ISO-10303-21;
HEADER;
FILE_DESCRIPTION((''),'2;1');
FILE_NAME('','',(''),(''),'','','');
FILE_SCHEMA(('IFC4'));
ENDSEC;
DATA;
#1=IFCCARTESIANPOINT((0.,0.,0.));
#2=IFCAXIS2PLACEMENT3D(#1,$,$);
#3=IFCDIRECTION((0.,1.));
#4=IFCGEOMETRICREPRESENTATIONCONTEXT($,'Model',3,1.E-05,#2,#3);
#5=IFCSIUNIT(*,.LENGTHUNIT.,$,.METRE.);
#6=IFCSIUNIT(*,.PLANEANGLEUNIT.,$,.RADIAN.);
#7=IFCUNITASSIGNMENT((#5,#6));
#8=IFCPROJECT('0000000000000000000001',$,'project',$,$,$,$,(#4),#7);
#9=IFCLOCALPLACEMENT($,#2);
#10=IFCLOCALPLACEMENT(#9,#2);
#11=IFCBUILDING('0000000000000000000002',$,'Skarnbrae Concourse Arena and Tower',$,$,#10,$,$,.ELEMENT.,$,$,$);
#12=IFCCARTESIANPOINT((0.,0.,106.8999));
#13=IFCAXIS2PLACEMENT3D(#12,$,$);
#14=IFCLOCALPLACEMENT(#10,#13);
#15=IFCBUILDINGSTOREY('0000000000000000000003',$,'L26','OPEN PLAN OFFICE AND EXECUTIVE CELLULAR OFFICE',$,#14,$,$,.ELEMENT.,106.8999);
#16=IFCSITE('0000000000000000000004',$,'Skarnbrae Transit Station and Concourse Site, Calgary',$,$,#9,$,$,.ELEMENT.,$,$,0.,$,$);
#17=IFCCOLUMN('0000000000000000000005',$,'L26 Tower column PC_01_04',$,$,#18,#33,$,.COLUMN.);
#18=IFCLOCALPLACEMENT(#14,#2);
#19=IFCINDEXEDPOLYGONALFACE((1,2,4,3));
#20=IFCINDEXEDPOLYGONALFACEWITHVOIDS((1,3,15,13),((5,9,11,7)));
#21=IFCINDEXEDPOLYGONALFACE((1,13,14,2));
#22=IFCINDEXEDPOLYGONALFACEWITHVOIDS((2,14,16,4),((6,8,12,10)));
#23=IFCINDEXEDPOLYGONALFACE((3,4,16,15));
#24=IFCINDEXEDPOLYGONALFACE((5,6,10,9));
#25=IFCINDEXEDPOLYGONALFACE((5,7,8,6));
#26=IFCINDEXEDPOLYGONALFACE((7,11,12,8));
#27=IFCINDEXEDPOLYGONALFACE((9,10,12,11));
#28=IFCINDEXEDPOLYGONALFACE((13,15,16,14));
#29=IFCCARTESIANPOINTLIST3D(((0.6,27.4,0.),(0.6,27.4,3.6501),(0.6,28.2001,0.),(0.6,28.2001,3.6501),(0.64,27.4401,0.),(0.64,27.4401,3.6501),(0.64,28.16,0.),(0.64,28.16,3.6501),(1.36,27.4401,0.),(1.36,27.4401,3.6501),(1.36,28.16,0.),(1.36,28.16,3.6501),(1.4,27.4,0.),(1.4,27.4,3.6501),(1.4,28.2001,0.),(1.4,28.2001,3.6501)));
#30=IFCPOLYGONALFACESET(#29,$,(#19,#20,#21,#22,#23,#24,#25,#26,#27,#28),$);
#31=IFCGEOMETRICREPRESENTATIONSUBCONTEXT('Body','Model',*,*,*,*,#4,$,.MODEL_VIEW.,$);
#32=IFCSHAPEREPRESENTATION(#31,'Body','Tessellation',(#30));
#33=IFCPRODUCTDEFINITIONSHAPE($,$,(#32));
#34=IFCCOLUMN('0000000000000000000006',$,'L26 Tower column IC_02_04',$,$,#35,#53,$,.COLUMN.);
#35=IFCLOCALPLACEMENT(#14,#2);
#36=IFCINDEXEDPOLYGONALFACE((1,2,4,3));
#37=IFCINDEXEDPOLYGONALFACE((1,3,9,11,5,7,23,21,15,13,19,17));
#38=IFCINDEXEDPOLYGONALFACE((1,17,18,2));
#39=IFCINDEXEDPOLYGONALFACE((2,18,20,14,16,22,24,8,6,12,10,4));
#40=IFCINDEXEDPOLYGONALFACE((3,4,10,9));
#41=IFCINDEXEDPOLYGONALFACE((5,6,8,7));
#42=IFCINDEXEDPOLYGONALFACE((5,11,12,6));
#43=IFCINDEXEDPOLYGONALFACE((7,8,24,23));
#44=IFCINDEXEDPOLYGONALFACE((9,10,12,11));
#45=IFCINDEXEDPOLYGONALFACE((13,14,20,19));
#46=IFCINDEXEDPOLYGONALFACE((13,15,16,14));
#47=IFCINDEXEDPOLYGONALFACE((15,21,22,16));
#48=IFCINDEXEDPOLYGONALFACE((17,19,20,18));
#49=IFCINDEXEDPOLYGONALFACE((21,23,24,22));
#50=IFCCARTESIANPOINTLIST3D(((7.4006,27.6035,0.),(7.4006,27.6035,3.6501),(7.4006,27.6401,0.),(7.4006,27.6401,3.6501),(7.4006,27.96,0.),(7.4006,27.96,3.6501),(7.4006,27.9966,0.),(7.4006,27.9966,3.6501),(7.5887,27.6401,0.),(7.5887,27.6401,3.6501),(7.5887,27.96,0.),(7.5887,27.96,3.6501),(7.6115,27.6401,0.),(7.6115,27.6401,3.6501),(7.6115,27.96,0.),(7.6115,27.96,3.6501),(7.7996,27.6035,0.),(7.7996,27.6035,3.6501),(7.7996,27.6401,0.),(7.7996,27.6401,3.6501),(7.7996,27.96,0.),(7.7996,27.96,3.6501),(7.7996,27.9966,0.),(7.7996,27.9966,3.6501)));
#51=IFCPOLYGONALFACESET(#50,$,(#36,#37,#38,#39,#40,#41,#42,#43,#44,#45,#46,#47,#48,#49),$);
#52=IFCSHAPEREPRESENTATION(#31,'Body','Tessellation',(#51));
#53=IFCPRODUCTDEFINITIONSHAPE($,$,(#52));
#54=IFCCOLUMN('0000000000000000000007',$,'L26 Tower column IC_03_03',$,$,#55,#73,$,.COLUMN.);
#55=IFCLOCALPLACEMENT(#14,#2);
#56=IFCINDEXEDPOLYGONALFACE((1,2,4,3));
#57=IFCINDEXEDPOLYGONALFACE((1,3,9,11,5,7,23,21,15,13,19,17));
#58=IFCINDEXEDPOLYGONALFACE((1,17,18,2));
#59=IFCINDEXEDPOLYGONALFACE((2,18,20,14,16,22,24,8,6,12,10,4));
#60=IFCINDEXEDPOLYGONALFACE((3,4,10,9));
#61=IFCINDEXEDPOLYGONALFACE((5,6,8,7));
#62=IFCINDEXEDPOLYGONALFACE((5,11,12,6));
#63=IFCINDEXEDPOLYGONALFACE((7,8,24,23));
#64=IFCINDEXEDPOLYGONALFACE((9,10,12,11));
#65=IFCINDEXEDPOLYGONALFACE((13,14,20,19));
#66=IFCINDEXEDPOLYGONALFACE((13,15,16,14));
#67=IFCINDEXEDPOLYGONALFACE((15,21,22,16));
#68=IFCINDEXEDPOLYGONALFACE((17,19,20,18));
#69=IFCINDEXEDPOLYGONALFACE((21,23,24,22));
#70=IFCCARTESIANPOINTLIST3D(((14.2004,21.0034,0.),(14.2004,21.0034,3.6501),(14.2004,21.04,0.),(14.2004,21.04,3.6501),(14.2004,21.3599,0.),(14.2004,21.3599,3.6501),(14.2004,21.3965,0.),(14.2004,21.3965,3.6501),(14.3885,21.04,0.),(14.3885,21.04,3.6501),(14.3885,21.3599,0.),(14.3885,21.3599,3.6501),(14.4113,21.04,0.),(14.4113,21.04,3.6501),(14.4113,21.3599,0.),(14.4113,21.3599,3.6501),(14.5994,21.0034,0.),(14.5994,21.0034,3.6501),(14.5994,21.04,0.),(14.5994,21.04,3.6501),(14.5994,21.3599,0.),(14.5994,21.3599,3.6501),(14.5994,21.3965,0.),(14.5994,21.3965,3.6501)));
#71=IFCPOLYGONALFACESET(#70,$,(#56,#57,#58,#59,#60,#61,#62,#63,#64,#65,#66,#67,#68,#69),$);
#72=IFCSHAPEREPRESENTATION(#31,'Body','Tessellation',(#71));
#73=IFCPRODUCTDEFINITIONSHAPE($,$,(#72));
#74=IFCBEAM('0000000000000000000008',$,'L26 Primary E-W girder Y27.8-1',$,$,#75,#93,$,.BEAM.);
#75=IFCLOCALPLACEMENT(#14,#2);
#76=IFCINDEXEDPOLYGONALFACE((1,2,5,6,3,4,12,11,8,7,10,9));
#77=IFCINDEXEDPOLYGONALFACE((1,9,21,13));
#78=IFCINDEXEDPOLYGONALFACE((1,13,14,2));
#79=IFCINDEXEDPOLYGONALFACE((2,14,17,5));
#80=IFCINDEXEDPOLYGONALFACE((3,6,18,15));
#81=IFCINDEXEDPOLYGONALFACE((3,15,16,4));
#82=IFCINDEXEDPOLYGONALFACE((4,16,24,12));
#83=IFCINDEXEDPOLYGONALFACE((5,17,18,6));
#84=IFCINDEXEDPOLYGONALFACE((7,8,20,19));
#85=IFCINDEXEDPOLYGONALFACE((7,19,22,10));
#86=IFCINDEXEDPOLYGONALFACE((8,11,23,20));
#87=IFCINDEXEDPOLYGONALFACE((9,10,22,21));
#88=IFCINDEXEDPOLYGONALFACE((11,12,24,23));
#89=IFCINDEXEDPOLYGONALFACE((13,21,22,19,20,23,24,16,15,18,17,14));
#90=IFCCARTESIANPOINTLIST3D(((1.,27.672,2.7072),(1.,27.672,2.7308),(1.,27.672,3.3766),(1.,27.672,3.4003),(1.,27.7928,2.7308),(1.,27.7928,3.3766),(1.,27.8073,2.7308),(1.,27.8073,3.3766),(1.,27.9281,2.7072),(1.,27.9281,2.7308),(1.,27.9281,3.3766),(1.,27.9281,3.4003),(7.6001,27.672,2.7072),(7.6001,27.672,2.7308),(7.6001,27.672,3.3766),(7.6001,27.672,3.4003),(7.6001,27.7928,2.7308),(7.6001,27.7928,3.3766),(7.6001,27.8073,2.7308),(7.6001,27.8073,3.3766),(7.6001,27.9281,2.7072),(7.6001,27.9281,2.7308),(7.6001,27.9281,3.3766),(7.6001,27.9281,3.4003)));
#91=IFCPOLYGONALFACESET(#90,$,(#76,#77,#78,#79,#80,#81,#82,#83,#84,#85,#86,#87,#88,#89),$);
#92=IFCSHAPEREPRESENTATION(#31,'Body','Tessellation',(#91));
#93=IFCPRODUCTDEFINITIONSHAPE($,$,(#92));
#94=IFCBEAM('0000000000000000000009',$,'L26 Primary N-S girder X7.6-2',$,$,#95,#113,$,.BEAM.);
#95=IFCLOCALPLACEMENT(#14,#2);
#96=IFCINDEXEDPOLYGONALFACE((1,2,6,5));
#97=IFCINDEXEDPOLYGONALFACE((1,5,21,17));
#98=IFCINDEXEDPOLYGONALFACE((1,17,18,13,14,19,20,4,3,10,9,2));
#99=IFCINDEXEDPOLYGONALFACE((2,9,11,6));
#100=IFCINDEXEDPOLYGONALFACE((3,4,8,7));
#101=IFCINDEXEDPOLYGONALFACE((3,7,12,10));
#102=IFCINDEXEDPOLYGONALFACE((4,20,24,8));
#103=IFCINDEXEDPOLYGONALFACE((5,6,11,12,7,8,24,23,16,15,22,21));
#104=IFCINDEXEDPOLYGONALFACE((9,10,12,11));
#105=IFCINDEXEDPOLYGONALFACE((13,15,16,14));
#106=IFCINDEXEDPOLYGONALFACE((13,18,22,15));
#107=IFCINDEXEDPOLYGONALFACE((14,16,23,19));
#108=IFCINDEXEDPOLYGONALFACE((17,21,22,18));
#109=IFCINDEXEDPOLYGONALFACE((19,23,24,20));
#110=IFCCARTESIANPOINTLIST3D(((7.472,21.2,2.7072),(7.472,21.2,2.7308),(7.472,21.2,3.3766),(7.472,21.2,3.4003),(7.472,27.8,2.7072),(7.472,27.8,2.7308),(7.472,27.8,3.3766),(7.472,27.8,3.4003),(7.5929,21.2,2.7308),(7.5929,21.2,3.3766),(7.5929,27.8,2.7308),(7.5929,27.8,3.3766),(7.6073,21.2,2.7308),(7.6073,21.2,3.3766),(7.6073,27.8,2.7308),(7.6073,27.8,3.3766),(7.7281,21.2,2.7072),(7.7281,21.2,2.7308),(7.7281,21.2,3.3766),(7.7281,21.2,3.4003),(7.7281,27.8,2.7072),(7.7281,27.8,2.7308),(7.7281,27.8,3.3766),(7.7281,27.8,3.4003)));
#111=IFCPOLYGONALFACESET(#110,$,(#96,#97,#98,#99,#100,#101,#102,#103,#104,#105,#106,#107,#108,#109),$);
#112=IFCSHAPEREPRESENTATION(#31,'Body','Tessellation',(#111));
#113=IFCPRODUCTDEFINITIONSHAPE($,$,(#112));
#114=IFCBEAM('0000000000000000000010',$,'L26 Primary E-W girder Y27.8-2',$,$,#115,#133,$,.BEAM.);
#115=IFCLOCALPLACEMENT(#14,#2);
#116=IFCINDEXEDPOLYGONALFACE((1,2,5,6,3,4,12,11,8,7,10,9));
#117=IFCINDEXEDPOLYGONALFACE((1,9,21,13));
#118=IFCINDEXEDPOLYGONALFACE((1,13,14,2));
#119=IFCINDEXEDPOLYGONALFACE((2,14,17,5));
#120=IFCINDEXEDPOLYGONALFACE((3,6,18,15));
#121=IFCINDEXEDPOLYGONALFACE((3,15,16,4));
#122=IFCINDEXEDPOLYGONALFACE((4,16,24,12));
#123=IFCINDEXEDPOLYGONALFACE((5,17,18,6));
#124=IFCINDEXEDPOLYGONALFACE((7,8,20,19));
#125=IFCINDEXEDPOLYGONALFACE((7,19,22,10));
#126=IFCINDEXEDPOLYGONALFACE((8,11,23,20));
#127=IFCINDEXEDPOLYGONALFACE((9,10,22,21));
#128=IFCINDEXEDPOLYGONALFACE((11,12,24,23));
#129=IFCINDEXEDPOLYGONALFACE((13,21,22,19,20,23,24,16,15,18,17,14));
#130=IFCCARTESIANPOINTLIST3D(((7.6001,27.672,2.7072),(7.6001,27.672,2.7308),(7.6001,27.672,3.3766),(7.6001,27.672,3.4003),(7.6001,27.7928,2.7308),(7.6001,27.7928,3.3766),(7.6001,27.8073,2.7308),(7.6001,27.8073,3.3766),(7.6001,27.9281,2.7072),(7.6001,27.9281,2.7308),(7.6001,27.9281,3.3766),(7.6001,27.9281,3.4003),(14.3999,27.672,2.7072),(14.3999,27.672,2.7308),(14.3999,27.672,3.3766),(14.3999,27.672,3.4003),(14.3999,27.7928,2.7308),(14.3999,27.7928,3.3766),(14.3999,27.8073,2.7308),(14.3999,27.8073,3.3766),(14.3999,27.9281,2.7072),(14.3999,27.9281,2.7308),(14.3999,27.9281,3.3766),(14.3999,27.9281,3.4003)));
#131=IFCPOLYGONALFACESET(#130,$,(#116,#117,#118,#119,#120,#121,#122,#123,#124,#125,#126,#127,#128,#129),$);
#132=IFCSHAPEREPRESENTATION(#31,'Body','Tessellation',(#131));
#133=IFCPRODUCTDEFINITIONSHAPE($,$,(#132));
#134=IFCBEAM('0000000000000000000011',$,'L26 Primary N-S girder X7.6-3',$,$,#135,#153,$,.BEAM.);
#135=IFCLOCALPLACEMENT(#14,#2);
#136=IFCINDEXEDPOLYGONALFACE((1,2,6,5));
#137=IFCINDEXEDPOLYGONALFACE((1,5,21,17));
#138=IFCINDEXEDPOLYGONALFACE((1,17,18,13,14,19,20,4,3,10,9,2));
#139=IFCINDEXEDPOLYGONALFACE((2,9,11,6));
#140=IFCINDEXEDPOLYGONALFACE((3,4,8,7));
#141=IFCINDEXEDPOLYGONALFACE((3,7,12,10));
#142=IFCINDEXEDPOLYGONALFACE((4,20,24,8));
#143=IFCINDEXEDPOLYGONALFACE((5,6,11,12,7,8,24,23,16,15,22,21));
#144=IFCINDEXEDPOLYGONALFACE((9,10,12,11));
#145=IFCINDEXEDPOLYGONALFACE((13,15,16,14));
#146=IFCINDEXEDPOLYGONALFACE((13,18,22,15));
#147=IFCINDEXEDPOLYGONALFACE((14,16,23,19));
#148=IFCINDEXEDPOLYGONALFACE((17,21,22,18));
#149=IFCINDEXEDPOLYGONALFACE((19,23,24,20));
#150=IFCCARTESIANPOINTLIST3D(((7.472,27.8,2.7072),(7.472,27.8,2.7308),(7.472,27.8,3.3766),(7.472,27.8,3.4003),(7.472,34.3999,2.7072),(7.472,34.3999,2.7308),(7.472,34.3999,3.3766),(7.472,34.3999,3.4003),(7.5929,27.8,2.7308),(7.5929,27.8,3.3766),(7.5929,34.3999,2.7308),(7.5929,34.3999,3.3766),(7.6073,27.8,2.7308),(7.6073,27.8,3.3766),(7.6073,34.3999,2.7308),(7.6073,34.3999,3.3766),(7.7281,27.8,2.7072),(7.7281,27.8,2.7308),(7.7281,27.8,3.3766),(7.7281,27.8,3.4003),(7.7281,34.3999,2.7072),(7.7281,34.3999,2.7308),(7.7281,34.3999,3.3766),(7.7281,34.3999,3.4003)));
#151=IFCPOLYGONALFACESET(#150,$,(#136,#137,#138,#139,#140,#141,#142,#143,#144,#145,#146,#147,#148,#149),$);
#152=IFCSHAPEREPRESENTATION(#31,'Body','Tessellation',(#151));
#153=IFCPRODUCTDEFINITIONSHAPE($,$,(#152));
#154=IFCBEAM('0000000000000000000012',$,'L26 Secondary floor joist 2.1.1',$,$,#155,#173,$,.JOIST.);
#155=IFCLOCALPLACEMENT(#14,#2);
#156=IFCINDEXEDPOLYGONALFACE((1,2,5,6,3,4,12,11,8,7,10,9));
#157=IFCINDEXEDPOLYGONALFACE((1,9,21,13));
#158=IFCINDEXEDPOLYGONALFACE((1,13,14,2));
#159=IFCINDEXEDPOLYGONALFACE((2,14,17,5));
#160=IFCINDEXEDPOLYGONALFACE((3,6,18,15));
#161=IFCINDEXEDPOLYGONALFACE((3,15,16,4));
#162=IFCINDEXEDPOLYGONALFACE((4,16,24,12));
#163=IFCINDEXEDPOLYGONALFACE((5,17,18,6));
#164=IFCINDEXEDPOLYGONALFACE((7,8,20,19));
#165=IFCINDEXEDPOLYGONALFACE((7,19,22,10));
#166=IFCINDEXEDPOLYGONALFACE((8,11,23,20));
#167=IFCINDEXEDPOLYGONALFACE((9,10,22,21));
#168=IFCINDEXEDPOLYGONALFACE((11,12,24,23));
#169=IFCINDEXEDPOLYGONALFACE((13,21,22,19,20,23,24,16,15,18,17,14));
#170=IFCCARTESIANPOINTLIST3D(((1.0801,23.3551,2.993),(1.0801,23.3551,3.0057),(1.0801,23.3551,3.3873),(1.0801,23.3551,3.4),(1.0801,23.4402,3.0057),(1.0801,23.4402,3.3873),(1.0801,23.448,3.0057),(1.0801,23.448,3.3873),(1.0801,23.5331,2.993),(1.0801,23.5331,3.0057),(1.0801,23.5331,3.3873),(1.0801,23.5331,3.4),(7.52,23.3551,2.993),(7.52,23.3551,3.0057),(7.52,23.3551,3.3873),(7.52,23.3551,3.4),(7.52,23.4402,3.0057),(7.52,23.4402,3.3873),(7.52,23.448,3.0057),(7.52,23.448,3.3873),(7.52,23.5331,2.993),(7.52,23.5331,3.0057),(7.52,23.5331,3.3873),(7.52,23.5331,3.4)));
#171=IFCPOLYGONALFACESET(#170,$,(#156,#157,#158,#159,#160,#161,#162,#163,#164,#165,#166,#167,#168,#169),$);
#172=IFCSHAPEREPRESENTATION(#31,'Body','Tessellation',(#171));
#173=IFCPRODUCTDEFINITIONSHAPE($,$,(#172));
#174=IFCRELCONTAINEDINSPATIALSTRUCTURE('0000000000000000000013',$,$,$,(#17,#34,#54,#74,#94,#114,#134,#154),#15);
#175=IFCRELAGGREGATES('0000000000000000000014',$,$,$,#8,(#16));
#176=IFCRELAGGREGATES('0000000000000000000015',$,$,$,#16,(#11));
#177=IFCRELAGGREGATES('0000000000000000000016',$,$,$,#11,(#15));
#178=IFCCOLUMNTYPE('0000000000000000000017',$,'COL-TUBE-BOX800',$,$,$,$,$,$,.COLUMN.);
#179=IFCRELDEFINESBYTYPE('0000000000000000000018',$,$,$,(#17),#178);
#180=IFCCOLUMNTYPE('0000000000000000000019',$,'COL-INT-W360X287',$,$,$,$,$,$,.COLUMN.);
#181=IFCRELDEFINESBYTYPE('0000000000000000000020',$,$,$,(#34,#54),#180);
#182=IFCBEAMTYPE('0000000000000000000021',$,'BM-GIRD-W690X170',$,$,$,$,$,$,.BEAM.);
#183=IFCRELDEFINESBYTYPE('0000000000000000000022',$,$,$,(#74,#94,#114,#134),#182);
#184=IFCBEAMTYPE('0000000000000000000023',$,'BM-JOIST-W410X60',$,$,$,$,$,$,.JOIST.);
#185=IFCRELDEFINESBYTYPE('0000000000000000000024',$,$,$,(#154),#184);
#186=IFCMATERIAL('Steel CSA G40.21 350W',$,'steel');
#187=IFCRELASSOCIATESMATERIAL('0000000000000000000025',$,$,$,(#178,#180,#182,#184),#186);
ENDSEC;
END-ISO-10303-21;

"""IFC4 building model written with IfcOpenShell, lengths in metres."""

from ifc_helpers import new_model, si_unit, direction, frame, origin, origin_2d, place, context, subcontext, project, spatial, hollow_rectangle, i_section, extrude, source, transform, mapped, material, material_profile, profile_set, type_object, element, save


model = new_model("IFC4")

# Units and contexts
model_context = context("Model", 3, precision=1e-05, world=origin(), true_north=direction((0.0, 1.0)))
body_context = subcontext(model_context, "Body", "Model", "MODEL_VIEW")
ifc_project = project(units=[si_unit("LENGTHUNIT", "METRE"), si_unit("PLANEANGLEUNIT", "RADIAN")], contexts=[model_context])

# Site, building, storey
site_placement = place(None, origin())
site = spatial("IfcSite", under=ifc_project, at=site_placement, Name="Skarnbrae Transit Station and Concourse Site, Calgary", CompositionType="ELEMENT", RefElevation=0.0)
building_placement = place(site_placement, origin())
building = spatial("IfcBuilding", under=site, at=building_placement, Name="Skarnbrae Concourse Arena and Tower", CompositionType="ELEMENT")
storey_placement = place(building_placement, frame((0.0, 0.0, 106.8999)))
storey = spatial("IfcBuildingStorey", under=building, at=storey_placement, Name="L26", Description="OPEN PLAN OFFICE AND EXECUTIVE CELLULAR OFFICE", CompositionType="ELEMENT", Elevation=106.8999)

# Columns
ifc_material_1 = material(Name="Steel CSA G40.21 350W", Category="steel")
ifc_material_profile_1 = material_profile(ifc_material_1, hollow_rectangle(XDim=0.8, YDim=0.8, WallThickness=0.04, at=origin_2d()), Name="BOX800X800X40")
ifc_profile_set_1 = profile_set([ifc_material_profile_1], Name="Steel CSA G40.21 350W")
column_type_1 = type_object("IfcColumnType", Name="COL-TUBE-BOX800", PredefinedType="COLUMN", material=ifc_profile_set_1)
shared_shape_1 = source(origin(), body_context, "Body", "SweptSolid", [
    extrude(hollow_rectangle(XDim=0.8, YDim=0.8, WallThickness=0.04, at=origin_2d()), origin(), (0.0, 0.0, 1.0), 3.6501),
])
column_placement = place(storey_placement, frame((1.0, 27.8, 0.0), z_axis=(0.0, 0.0, 1.0), x_axis=(1.0, 0.0, 0.0)))
element("IfcColumn", 1, at=column_placement, inside=storey, type_object=column_type_1, Name="L26 Tower column PC_01_04", PredefinedType="COLUMN", context=body_context, shape_type="MappedRepresentation", body=[
    mapped(shared_shape_1, transform((0.0, 0.0, 0.0))),
])
ifc_material_profile_2 = material_profile(ifc_material_1, i_section(OverallWidth=0.3989, OverallDepth=0.3931, WebThickness=0.0227, FlangeThickness=0.0366, at=origin_2d()), Name="W360X287")
ifc_profile_set_2 = profile_set([ifc_material_profile_2], Name="Steel CSA G40.21 350W")
column_type_2 = type_object("IfcColumnType", Name="COL-INT-W360X287", PredefinedType="COLUMN", material=ifc_profile_set_2)
shared_shape_2 = source(origin(), body_context, "Body", "SweptSolid", [
    extrude(i_section(OverallWidth=0.3989, OverallDepth=0.3931, WebThickness=0.0227, FlangeThickness=0.0366, at=origin_2d()), origin(), (0.0, 0.0, 1.0), 3.6501),
])
for number, where, z_axis, x_axis, name in (
    (2, (7.6001, 27.8, 0.0), (0.0, 0.0, 1.0), (1.0, 0.0, 0.0), "L26 Tower column IC_02_04"),
    (3, (14.3999, 21.2, 0.0), (0.0, 0.0, 1.0), (1.0, 0.0, 0.0), "L26 Tower column IC_03_03"),
):
    element("IfcColumn", number, at=place(storey_placement, frame(where, z_axis=z_axis, x_axis=x_axis)), inside=storey, type_object=column_type_2, Name=name, PredefinedType="COLUMN", context=body_context, shape_type="MappedRepresentation", body=[
        mapped(shared_shape_2, transform((0.0, 0.0, 0.0))),
    ])

# Beams
ifc_material_profile_3 = material_profile(ifc_material_1, i_section(OverallWidth=0.2561, OverallDepth=0.6931, WebThickness=0.0144, FlangeThickness=0.0237, at=origin_2d()), Name="W690X170")
ifc_profile_set_3 = profile_set([ifc_material_profile_3], Name="Steel CSA G40.21 350W")
beam_type_1 = type_object("IfcBeamType", Name="BM-GIRD-W690X170", PredefinedType="BEAM", material=ifc_profile_set_3)
shared_shape_3 = source(origin(), body_context, "Body", "SweptSolid", [
    extrude(i_section(OverallWidth=0.2561, OverallDepth=0.6931, WebThickness=0.0144, FlangeThickness=0.0237, at=origin_2d()), origin(), (0.0, 0.0, 1.0), 6.6001),
])
for number, where, z_axis, x_axis, name in (
    (4, (1.0, 27.8, 3.0537), (1.0, 0.0, 0.0), (0.0, 1.0, 0.0), "L26 Primary E-W girder Y27.8-1"),
    (5, (7.6001, 21.2, 3.0537), (0.0, 1.0, 0.0), (-1.0, 0.0, 0.0), "L26 Primary N-S girder X7.6-2"),
):
    element("IfcBeam", number, at=place(storey_placement, frame(where, z_axis=z_axis, x_axis=x_axis)), inside=storey, type_object=beam_type_1, Name=name, PredefinedType="BEAM", context=body_context, shape_type="MappedRepresentation", body=[
        mapped(shared_shape_3, transform((0.0, 0.0, 0.0))),
    ])
shared_shape_4 = source(origin(), body_context, "Body", "SweptSolid", [
    extrude(i_section(OverallWidth=0.2561, OverallDepth=0.6931, WebThickness=0.0144, FlangeThickness=0.0237, at=origin_2d()), origin(), (0.0, 0.0, 1.0), 6.7998),
])
beam_1_placement = place(storey_placement, frame((7.6001, 27.8, 3.0537), z_axis=(1.0, 0.0, 0.0), x_axis=(0.0, 1.0, 0.0)))
element("IfcBeam", 6, at=beam_1_placement, inside=storey, type_object=beam_type_1, Name="L26 Primary E-W girder Y27.8-2", PredefinedType="BEAM", context=body_context, shape_type="MappedRepresentation", body=[
    mapped(shared_shape_4, transform((0.0, 0.0, 0.0))),
])
shared_shape_5 = source(origin(), body_context, "Body", "SweptSolid", [
    extrude(i_section(OverallWidth=0.2561, OverallDepth=0.6931, WebThickness=0.0144, FlangeThickness=0.0237, at=origin_2d()), origin(), (0.0, 0.0, 1.0), 6.5999),
])
beam_2_placement = place(storey_placement, frame((7.6001, 27.8, 3.0537), z_axis=(0.0, 1.0, 0.0), x_axis=(-1.0, 0.0, 0.0)))
element("IfcBeam", 7, at=beam_2_placement, inside=storey, type_object=beam_type_1, Name="L26 Primary N-S girder X7.6-3", PredefinedType="BEAM", context=body_context, shape_type="MappedRepresentation", body=[
    mapped(shared_shape_5, transform((0.0, 0.0, 0.0))),
])
ifc_material_profile_4 = material_profile(ifc_material_1, i_section(OverallWidth=0.178, OverallDepth=0.407, WebThickness=0.0078, FlangeThickness=0.0127, at=origin_2d()), Name="W410X60")
ifc_profile_set_4 = profile_set([ifc_material_profile_4], Name="Steel CSA G40.21 350W")
beam_type_2 = type_object("IfcBeamType", Name="BM-JOIST-W410X60", PredefinedType="JOIST", material=ifc_profile_set_4)
shared_shape_6 = source(origin(), body_context, "Body", "SweptSolid", [
    extrude(i_section(OverallWidth=0.178, OverallDepth=0.407, WebThickness=0.0078, FlangeThickness=0.0127, at=origin_2d()), origin(), (0.0, 0.0, 1.0), 6.4399),
])
for number, where, z_axis, x_axis, name in (
    (8, (1.0801, 23.4441, 3.1965), (1.0, 0.0, 0.0), (0.0, 1.0, 0.0), "L26 Secondary floor joist 2.1.1"),
):
    element("IfcBeam", number, at=place(storey_placement, frame(where, z_axis=z_axis, x_axis=x_axis)), inside=storey, type_object=beam_type_2, Name=name, PredefinedType="JOIST", context=body_context, shape_type="MappedRepresentation", body=[
        mapped(shared_shape_6, transform((0.0, 0.0, 0.0))),
    ])

save(model, "model.ifc")
